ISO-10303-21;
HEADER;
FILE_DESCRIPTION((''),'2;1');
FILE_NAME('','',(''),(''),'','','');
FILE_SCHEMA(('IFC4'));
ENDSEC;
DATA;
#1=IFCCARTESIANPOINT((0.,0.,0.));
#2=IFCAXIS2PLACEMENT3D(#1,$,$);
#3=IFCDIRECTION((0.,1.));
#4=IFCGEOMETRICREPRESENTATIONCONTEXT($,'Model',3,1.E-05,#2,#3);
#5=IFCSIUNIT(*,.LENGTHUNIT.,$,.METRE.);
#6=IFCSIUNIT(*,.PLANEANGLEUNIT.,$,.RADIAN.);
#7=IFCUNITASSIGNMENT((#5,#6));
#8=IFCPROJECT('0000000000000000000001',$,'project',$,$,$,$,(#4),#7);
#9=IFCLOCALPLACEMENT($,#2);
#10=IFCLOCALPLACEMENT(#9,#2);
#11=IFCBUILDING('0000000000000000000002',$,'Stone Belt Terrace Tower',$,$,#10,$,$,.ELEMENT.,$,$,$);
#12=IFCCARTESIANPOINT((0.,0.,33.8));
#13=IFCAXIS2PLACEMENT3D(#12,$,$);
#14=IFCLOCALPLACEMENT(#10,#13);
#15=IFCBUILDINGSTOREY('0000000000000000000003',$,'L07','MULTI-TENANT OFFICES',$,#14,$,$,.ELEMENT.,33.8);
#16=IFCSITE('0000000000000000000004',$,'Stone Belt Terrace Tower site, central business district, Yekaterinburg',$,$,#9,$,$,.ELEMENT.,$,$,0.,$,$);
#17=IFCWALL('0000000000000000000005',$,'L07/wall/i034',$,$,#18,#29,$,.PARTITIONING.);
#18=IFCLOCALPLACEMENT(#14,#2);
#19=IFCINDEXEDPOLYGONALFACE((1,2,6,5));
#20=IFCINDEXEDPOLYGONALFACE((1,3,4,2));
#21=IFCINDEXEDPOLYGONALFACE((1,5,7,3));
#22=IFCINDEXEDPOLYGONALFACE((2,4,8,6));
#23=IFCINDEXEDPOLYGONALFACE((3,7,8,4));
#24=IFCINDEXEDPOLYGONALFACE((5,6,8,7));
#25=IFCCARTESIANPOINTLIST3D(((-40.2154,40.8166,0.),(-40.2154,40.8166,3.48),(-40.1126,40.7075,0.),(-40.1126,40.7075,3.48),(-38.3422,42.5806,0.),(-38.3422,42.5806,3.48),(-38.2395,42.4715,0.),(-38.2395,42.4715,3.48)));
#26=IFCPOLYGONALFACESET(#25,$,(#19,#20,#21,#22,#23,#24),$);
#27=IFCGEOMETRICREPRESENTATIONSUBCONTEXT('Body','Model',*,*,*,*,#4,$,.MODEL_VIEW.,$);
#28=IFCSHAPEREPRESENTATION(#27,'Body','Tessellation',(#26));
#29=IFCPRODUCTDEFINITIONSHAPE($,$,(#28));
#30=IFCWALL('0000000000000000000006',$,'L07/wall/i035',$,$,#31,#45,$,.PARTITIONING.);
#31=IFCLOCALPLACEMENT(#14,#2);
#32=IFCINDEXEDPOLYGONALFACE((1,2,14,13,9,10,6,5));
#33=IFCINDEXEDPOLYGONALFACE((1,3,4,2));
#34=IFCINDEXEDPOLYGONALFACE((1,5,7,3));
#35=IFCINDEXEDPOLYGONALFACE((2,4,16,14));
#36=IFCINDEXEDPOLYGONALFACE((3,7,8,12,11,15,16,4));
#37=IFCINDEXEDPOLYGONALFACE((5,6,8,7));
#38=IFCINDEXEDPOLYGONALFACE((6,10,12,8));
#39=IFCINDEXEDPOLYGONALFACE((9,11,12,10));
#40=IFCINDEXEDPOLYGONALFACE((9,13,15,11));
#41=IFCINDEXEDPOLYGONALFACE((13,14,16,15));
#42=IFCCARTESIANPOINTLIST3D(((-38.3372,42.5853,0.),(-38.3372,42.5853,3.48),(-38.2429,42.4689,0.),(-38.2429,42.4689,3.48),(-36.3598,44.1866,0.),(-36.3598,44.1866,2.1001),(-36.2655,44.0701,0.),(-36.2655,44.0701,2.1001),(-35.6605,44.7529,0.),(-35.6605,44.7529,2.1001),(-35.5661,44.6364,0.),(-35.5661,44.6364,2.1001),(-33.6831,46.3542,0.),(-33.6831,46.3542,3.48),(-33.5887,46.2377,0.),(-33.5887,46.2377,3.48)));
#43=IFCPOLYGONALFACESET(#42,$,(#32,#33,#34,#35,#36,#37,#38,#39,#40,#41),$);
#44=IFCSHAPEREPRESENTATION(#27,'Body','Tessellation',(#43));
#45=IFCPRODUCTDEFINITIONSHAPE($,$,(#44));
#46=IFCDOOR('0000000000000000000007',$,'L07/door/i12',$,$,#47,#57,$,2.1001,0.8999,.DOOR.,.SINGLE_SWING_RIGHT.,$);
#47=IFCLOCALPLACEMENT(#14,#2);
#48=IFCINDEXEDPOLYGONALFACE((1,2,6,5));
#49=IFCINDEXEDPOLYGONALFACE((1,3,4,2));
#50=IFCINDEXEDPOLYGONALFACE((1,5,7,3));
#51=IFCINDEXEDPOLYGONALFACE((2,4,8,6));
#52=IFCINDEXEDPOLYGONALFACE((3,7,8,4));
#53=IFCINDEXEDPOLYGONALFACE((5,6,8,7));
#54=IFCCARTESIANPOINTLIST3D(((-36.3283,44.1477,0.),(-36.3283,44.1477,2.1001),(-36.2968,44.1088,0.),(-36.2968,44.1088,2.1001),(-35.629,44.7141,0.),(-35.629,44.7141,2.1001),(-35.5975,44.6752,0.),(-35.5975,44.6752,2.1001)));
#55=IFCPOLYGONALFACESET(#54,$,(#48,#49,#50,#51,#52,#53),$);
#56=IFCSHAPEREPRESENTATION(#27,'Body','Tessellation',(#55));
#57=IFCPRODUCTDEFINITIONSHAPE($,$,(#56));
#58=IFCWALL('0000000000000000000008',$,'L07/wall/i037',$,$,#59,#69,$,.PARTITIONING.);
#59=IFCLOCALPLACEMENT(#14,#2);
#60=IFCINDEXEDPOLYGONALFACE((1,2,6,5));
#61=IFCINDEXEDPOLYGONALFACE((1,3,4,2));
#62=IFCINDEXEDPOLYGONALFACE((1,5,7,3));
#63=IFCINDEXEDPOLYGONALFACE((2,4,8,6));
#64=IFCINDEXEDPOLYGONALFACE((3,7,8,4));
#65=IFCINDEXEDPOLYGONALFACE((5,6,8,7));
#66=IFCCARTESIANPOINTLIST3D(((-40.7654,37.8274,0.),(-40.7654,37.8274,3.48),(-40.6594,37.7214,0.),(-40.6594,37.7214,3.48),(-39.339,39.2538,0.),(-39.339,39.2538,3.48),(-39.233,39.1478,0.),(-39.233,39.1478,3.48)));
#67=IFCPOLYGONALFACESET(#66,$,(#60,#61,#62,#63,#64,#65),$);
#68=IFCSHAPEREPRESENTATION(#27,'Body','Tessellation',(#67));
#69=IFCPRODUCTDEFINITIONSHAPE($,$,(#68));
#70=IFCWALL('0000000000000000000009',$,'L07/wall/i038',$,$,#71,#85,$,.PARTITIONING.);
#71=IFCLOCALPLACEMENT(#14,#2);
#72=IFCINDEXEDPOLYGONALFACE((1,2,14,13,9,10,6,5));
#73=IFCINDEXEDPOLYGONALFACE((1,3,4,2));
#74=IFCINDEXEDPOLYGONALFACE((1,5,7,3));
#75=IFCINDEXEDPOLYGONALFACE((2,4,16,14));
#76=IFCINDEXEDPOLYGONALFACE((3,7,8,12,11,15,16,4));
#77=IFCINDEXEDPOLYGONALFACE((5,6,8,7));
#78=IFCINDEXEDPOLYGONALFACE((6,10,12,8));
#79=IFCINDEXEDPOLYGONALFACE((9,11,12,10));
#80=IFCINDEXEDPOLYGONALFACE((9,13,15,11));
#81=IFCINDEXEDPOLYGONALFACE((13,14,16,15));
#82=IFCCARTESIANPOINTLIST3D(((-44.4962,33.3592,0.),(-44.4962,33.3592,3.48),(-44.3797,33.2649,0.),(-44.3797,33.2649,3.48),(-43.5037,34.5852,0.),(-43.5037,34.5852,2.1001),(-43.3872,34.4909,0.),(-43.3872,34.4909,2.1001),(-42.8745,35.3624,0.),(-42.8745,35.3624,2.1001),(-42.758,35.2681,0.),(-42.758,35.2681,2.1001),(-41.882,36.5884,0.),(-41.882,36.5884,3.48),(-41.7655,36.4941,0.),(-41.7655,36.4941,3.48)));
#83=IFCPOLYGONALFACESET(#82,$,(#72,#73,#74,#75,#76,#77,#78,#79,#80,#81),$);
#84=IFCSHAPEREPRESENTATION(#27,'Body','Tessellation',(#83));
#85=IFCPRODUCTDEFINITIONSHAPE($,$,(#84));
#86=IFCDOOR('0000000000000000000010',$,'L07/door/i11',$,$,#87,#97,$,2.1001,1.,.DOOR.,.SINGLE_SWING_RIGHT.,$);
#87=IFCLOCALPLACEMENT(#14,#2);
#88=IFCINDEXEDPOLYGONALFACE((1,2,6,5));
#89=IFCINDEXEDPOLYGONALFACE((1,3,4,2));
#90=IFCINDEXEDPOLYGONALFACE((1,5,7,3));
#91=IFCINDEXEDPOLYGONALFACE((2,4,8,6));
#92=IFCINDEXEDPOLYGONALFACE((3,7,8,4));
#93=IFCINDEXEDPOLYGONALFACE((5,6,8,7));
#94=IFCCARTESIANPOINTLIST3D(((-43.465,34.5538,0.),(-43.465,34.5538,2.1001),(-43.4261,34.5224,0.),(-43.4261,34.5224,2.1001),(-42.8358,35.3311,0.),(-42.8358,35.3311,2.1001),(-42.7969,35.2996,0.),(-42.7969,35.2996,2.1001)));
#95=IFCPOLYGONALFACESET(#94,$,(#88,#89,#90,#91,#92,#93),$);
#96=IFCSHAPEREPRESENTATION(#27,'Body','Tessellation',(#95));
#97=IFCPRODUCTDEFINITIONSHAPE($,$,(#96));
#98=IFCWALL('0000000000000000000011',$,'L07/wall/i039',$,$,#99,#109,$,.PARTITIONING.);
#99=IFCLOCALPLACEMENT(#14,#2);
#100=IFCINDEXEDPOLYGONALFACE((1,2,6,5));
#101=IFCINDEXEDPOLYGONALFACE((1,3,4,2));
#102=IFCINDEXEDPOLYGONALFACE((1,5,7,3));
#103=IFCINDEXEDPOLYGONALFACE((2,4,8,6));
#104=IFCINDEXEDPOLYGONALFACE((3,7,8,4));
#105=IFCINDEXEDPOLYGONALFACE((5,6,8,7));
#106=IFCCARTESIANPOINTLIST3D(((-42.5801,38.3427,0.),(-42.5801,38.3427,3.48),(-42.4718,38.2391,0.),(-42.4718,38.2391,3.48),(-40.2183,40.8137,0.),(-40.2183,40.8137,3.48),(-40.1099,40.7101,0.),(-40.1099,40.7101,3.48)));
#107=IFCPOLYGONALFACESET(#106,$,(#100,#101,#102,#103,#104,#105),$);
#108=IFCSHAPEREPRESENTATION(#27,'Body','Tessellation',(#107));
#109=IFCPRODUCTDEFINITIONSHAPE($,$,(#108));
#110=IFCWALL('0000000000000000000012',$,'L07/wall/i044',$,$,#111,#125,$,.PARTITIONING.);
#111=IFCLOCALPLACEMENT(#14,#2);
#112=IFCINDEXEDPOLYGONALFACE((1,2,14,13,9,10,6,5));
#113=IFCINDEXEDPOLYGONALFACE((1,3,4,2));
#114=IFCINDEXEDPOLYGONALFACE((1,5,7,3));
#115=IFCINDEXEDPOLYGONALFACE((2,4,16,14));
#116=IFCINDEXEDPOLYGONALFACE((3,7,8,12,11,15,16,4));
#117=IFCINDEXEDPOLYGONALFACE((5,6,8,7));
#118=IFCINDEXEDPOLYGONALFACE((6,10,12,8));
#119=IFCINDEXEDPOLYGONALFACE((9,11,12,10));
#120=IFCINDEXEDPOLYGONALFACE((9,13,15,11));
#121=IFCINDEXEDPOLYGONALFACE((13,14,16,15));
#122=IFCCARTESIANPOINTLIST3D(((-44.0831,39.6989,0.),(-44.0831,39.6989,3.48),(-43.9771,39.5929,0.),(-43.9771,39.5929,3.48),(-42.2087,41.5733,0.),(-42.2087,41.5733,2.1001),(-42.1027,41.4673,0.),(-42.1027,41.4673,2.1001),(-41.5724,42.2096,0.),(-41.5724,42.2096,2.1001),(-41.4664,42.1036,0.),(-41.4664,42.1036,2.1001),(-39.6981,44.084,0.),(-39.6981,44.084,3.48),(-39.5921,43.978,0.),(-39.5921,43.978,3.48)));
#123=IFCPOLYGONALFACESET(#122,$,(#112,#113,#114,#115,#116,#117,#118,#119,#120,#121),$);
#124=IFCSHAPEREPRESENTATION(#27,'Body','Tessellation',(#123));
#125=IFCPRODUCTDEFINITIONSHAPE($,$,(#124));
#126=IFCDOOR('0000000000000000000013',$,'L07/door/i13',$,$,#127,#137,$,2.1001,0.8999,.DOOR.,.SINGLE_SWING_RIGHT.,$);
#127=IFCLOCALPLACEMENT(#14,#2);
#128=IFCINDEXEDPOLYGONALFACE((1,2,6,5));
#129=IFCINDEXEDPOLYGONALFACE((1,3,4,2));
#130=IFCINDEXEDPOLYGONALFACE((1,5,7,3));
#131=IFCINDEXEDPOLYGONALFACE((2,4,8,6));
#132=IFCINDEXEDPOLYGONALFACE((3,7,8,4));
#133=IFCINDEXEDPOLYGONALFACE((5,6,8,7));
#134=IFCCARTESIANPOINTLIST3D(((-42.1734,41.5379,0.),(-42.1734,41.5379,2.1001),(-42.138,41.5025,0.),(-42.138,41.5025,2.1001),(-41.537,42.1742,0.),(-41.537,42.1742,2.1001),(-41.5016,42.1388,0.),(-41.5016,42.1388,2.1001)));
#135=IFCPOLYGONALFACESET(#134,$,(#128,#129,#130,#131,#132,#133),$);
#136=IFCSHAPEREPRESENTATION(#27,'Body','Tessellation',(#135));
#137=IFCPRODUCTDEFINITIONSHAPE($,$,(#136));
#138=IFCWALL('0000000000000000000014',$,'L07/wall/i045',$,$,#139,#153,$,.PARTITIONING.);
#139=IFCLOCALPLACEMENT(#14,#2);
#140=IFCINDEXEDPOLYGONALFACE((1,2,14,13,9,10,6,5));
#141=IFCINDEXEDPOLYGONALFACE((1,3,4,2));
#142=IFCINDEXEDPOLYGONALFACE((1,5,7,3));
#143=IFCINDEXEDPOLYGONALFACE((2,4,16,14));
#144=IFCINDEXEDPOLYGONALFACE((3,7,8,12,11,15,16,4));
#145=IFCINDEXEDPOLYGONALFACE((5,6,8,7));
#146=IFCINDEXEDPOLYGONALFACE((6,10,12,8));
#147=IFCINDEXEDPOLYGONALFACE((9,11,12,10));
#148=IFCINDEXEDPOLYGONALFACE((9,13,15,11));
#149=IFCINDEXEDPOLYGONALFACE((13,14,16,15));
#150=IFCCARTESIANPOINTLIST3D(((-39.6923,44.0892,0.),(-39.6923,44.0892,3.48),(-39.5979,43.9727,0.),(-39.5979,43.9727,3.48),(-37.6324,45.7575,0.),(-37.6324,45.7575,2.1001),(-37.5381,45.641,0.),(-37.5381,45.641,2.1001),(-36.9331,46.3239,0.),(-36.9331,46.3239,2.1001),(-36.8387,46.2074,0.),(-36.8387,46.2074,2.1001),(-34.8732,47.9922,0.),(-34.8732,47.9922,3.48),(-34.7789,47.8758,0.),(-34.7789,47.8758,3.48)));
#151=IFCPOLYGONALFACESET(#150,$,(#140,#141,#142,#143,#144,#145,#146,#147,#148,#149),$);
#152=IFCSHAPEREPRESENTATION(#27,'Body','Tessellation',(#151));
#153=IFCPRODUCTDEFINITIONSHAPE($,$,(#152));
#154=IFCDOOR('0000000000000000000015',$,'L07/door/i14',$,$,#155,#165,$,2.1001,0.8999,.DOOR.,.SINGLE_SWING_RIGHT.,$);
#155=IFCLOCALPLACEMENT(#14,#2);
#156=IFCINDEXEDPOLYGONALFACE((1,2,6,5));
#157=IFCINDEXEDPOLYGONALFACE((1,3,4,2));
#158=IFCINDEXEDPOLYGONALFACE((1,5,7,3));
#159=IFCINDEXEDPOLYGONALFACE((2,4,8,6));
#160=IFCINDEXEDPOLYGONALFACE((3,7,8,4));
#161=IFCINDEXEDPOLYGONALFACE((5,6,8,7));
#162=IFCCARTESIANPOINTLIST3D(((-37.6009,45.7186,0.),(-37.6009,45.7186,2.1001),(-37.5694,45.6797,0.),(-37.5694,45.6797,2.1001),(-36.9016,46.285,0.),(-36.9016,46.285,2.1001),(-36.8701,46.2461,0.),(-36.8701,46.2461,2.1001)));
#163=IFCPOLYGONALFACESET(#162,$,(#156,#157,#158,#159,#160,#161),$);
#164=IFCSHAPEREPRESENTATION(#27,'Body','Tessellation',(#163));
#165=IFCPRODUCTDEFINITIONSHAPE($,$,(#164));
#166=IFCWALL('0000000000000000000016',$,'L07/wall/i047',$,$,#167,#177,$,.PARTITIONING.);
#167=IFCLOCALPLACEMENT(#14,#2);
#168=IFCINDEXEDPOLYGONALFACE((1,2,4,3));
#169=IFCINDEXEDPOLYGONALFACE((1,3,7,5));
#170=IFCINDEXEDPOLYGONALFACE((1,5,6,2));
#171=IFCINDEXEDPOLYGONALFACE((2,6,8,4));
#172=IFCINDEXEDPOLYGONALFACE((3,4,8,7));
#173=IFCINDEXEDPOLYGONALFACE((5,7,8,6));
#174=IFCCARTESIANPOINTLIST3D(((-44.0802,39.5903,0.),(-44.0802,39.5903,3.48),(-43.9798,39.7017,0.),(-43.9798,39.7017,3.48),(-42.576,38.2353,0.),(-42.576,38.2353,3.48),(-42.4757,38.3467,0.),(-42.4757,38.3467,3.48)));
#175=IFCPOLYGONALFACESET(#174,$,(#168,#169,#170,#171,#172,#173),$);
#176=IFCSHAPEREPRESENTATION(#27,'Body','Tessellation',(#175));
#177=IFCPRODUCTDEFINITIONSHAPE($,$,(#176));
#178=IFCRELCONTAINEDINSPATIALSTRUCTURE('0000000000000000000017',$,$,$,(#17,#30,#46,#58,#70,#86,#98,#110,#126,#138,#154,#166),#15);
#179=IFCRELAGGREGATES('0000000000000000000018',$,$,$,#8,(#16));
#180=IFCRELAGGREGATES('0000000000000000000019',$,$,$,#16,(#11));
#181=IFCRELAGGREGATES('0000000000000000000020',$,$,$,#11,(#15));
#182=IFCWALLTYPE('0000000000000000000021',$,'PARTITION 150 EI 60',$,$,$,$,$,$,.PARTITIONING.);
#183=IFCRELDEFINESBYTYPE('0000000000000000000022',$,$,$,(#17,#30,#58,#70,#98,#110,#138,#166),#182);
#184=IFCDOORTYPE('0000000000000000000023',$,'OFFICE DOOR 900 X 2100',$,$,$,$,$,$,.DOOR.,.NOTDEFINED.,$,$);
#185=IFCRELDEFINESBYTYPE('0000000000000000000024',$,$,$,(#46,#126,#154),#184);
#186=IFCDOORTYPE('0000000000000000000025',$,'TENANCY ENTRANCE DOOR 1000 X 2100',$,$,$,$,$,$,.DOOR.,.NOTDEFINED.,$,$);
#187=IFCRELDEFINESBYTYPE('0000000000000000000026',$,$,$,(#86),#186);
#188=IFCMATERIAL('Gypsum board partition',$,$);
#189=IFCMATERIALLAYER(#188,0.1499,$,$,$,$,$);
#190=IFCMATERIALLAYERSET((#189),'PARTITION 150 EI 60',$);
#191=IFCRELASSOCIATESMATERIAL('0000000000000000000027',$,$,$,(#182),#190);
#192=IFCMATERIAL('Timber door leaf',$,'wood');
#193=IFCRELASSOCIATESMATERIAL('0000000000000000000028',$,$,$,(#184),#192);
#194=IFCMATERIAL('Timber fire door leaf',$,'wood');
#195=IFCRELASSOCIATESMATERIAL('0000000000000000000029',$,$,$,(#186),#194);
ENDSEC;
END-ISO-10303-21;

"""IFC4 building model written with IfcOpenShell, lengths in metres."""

from ifc_helpers import new_model, si_unit, direction, frame, frame_2d, origin, place, context, subcontext, project, spatial, rectangle, extrude, material, layer, layer_set, type_object, element, fill, save


model = new_model("IFC4")

# Units and contexts
model_context = context("Model", 3, precision=1e-05, world=origin(), true_north=direction((0.0, 1.0)))
body_context = subcontext(model_context, "Body", "Model", "MODEL_VIEW")
ifc_project = project(units=[si_unit("LENGTHUNIT", "METRE"), si_unit("PLANEANGLEUNIT", "RADIAN")], contexts=[model_context])

# Site, building, storey
site_placement = place(None, origin())
site = spatial("IfcSite", under=ifc_project, at=site_placement, Name="Stone Belt Terrace Tower site, central business district, Yekaterinburg", CompositionType="ELEMENT", RefElevation=0.0)
building_placement = place(site_placement, origin())
building = spatial("IfcBuilding", under=site, at=building_placement, Name="Stone Belt Terrace Tower", CompositionType="ELEMENT")
storey_placement = place(building_placement, frame((0.0, 0.0, 33.8)))
storey = spatial("IfcBuildingStorey", under=building, at=storey_placement, Name="L07", Description="MULTI-TENANT OFFICES", CompositionType="ELEMENT", Elevation=33.8)

# Wall
ifc_material_1 = material(Name="Gypsum board partition")
ifc_layer_1 = layer(ifc_material_1, 0.1499)
ifc_layer_set_1 = layer_set([ifc_layer_1], Name="PARTITION 150 EI 60")
wall_type = type_object("IfcWallType", Name="PARTITION 150 EI 60", PredefinedType="PARTITIONING", material=ifc_layer_set_1)
wall_1_placement = place(storey_placement, frame((-40.1641, 40.762, 0.0), z_axis=(0.0, 0.0, 1.0), x_axis=(0.727997, 0.685581, 0.0)))
element("IfcWall", 1, at=wall_1_placement, inside=storey, type_object=wall_type, Name="L07/wall/i034", PredefinedType="PARTITIONING", context=body_context, shape_type="SweptSolid", body=[
    extrude(rectangle(XDim=2.573, YDim=0.1499, at=frame_2d((1.2866, 0.0))), origin(), (0.0, 0.0, 1.0), 3.48),
])

# Wall, opening, door
wall_2_placement = place(storey_placement, frame((-38.29, 42.5271, 0.0), z_axis=(0.0, 0.0, 1.0), x_axis=(0.777144, 0.629323, 0.0)))
wall_2 = element("IfcWall", 2, at=wall_2_placement, inside=storey, type_object=wall_type, Name="L07/wall/i035", PredefinedType="PARTITIONING", context=body_context, shape_type="SweptSolid", body=[
    extrude(rectangle(XDim=5.9888, YDim=0.1499, at=frame_2d((2.9944, 0.0))), origin(), (0.0, 0.0, 1.0), 3.48),
])
opening_1_placement = place(wall_2_placement, frame((2.5444, 0.0, 0.0)))
opening_1 = element("IfcOpeningElement", 3, at=opening_1_placement, cuts=wall_2, PredefinedType="OPENING", context=body_context, shape_type="SweptSolid", body=[
    extrude(rectangle(XDim=0.8999, YDim=2.1001, at=frame_2d((0.45, 1.05))), frame((0.0, 0.085, 0.0), z_axis=(0.0, -1.0, 0.0), x_axis=(1.0, 0.0, 0.0)), (0.0, 0.0, 1.0), 0.1699),
])
ifc_material_2 = material(Name="Timber door leaf", Category="wood")
door_type_1 = type_object("IfcDoorType", Name="OFFICE DOOR 900 X 2100", OperationType="NOTDEFINED", PredefinedType="DOOR", material=ifc_material_2)
door_1_placement = place(opening_1_placement, origin())
door_1 = element("IfcDoor", 4, at=door_1_placement, inside=storey, type_object=door_type_1, Name="L07/door/i12", OperationType="SINGLE_SWING_RIGHT", OverallHeight=2.1001, OverallWidth=0.8999, PredefinedType="DOOR", context=body_context, shape_type="SweptSolid", body=[
    extrude(rectangle(XDim=0.8999, YDim=2.1001, at=frame_2d((0.45, 1.05))), frame((0.0, 0.0249, 0.0), z_axis=(0.0, -1.0, 0.0), x_axis=(1.0, 0.0, 0.0)), (0.0, 0.0, 1.0), 0.05),
])
fill(opening_1, door_1)

# Wall
wall_3_placement = place(storey_placement, frame((-39.2859, 39.2009, 0.0), z_axis=(0.0, 0.0, 1.0), x_axis=(-0.707107, -0.707107, 0.0)))
element("IfcWall", 5, at=wall_3_placement, inside=storey, type_object=wall_type, Name="L07/wall/i037", PredefinedType="PARTITIONING", context=body_context, shape_type="SweptSolid", body=[
    extrude(rectangle(XDim=2.0173, YDim=0.1499, at=frame_2d((1.0088, 0.0))), origin(), (0.0, 0.0, 1.0), 3.48),
])

# Wall, opening, door
wall_4_placement = place(storey_placement, frame((-41.8237, 36.5413, 0.0), z_axis=(0.0, 0.0, 1.0), x_axis=(-0.629213, -0.777233, 0.0)))
wall_4 = element("IfcWall", 6, at=wall_4_placement, inside=storey, type_object=wall_type, Name="L07/wall/i038", PredefinedType="PARTITIONING", context=body_context, shape_type="SweptSolid", body=[
    extrude(rectangle(XDim=4.1548, YDim=0.1499, at=frame_2d((2.0774, 0.0))), origin(), (0.0, 0.0, 1.0), 3.48),
])
opening_2_placement = place(wall_4_placement, frame((1.5774, 0.0, 0.0)))
opening_2 = element("IfcOpeningElement", 7, at=opening_2_placement, cuts=wall_4, PredefinedType="OPENING", context=body_context, shape_type="SweptSolid", body=[
    extrude(rectangle(XDim=1.0, YDim=2.1001, at=frame_2d((0.5, 1.05))), frame((0.0, 0.085, 0.0), z_axis=(0.0, -1.0, 0.0), x_axis=(1.0, 0.0, 0.0)), (0.0, 0.0, 1.0), 0.1699),
])
ifc_material_3 = material(Name="Timber fire door leaf", Category="wood")
door_type_2 = type_object("IfcDoorType", Name="TENANCY ENTRANCE DOOR 1000 X 2100", OperationType="NOTDEFINED", PredefinedType="DOOR", material=ifc_material_3)
door_2_placement = place(opening_2_placement, origin())
door_2 = element("IfcDoor", 8, at=door_2_placement, inside=storey, type_object=door_type_2, Name="L07/door/i11", OperationType="SINGLE_SWING_RIGHT", OverallHeight=2.1001, OverallWidth=1.0, PredefinedType="DOOR", context=body_context, shape_type="SweptSolid", body=[
    extrude(rectangle(XDim=1.0, YDim=2.1001, at=frame_2d((0.5, 1.05))), frame((0.0, 0.0249, 0.0), z_axis=(0.0, -1.0, 0.0), x_axis=(1.0, 0.0, 0.0)), (0.0, 0.0, 1.0), 0.05),
])
fill(opening_2, door_2)

# Wall
wall_5_placement = place(storey_placement, frame((-42.5259, 38.291, 0.0), z_axis=(0.0, 0.0, 1.0), x_axis=(0.690963, 0.72289, 0.0)))
element("IfcWall", 9, at=wall_5_placement, inside=storey, type_object=wall_type, Name="L07/wall/i039", PredefinedType="PARTITIONING", context=body_context, shape_type="SweptSolid", body=[
    extrude(rectangle(XDim=3.4182, YDim=0.1499, at=frame_2d((1.709, 0.0))), origin(), (0.0, 0.0, 1.0), 3.48),
])

# Walls, openings, doors
wall_6_placement = place(storey_placement, frame((-44.03, 39.646, 0.0), z_axis=(0.0, 0.0, 1.0), x_axis=(0.707107, 0.707107, 0.0)))
wall_6 = element("IfcWall", 10, at=wall_6_placement, inside=storey, type_object=wall_type, Name="L07/wall/i044", PredefinedType="PARTITIONING", context=body_context, shape_type="SweptSolid", body=[
    extrude(rectangle(XDim=6.2014, YDim=0.1499, at=frame_2d((3.1006, 0.0))), origin(), (0.0, 0.0, 1.0), 3.48),
])
opening_3_placement = place(wall_6_placement, frame((2.6506, 0.0, 0.0)))
opening_3 = element("IfcOpeningElement", 11, at=opening_3_placement, cuts=wall_6, PredefinedType="OPENING", context=body_context, shape_type="SweptSolid", body=[
    extrude(rectangle(XDim=0.8999, YDim=2.1001, at=frame_2d((0.45, 1.05))), frame((0.0, 0.085, 0.0), z_axis=(0.0, -1.0, 0.0), x_axis=(1.0, 0.0, 0.0)), (0.0, 0.0, 1.0), 0.1699),
])
door_3_placement = place(opening_3_placement, origin())
door_3 = element("IfcDoor", 12, at=door_3_placement, inside=storey, type_object=door_type_1, Name="L07/door/i13", OperationType="SINGLE_SWING_RIGHT", OverallHeight=2.1001, OverallWidth=0.8999, PredefinedType="DOOR", context=body_context, shape_type="SweptSolid", body=[
    extrude(rectangle(XDim=0.8999, YDim=2.1001, at=frame_2d((0.45, 1.05))), frame((0.0, 0.0249, 0.0), z_axis=(0.0, -1.0, 0.0), x_axis=(1.0, 0.0, 0.0)), (0.0, 0.0, 1.0), 0.05),
])
fill(opening_3, door_3)
wall_7_placement = place(storey_placement, frame((-39.645, 44.031, 0.0), z_axis=(0.0, 0.0, 1.0), x_axis=(0.777094, 0.629384, 0.0)))
wall_7 = element("IfcWall", 13, at=wall_7_placement, inside=storey, type_object=wall_type, Name="L07/wall/i045", PredefinedType="PARTITIONING", context=body_context, shape_type="SweptSolid", body=[
    extrude(rectangle(XDim=6.2014, YDim=0.1499, at=frame_2d((3.1006, 0.0))), origin(), (0.0, 0.0, 1.0), 3.48),
])
opening_4_placement = place(wall_7_placement, frame((2.6506, 0.0, 0.0)))
opening_4 = element("IfcOpeningElement", 14, at=opening_4_placement, cuts=wall_7, PredefinedType="OPENING", context=body_context, shape_type="SweptSolid", body=[
    extrude(rectangle(XDim=0.8999, YDim=2.1001, at=frame_2d((0.45, 1.05))), frame((0.0, 0.085, 0.0), z_axis=(0.0, -1.0, 0.0), x_axis=(1.0, 0.0, 0.0)), (0.0, 0.0, 1.0), 0.1699),
])
door_4_placement = place(opening_4_placement, origin())
door_4 = element("IfcDoor", 15, at=door_4_placement, inside=storey, type_object=door_type_1, Name="L07/door/i14", OperationType="SINGLE_SWING_RIGHT", OverallHeight=2.1001, OverallWidth=0.8999, PredefinedType="DOOR", context=body_context, shape_type="SweptSolid", body=[
    extrude(rectangle(XDim=0.8999, YDim=2.1001, at=frame_2d((0.45, 1.05))), frame((0.0, 0.0249, 0.0), z_axis=(0.0, -1.0, 0.0), x_axis=(1.0, 0.0, 0.0)), (0.0, 0.0, 1.0), 0.05),
])
fill(opening_4, door_4)

# Wall
wall_8_placement = place(storey_placement, frame((-42.5259, 38.291, 0.0), z_axis=(0.0, 0.0, 1.0), x_axis=(-0.742988, 0.669304, 0.0)))
element("IfcWall", 16, at=wall_8_placement, inside=storey, type_object=wall_type, Name="L07/wall/i047", PredefinedType="PARTITIONING", context=body_context, shape_type="SweptSolid", body=[
    extrude(rectangle(XDim=2.0244, YDim=0.1499, at=frame_2d((1.0122, 0.0))), origin(), (0.0, 0.0, 1.0), 3.48),
])

save(model, "model.ifc")
